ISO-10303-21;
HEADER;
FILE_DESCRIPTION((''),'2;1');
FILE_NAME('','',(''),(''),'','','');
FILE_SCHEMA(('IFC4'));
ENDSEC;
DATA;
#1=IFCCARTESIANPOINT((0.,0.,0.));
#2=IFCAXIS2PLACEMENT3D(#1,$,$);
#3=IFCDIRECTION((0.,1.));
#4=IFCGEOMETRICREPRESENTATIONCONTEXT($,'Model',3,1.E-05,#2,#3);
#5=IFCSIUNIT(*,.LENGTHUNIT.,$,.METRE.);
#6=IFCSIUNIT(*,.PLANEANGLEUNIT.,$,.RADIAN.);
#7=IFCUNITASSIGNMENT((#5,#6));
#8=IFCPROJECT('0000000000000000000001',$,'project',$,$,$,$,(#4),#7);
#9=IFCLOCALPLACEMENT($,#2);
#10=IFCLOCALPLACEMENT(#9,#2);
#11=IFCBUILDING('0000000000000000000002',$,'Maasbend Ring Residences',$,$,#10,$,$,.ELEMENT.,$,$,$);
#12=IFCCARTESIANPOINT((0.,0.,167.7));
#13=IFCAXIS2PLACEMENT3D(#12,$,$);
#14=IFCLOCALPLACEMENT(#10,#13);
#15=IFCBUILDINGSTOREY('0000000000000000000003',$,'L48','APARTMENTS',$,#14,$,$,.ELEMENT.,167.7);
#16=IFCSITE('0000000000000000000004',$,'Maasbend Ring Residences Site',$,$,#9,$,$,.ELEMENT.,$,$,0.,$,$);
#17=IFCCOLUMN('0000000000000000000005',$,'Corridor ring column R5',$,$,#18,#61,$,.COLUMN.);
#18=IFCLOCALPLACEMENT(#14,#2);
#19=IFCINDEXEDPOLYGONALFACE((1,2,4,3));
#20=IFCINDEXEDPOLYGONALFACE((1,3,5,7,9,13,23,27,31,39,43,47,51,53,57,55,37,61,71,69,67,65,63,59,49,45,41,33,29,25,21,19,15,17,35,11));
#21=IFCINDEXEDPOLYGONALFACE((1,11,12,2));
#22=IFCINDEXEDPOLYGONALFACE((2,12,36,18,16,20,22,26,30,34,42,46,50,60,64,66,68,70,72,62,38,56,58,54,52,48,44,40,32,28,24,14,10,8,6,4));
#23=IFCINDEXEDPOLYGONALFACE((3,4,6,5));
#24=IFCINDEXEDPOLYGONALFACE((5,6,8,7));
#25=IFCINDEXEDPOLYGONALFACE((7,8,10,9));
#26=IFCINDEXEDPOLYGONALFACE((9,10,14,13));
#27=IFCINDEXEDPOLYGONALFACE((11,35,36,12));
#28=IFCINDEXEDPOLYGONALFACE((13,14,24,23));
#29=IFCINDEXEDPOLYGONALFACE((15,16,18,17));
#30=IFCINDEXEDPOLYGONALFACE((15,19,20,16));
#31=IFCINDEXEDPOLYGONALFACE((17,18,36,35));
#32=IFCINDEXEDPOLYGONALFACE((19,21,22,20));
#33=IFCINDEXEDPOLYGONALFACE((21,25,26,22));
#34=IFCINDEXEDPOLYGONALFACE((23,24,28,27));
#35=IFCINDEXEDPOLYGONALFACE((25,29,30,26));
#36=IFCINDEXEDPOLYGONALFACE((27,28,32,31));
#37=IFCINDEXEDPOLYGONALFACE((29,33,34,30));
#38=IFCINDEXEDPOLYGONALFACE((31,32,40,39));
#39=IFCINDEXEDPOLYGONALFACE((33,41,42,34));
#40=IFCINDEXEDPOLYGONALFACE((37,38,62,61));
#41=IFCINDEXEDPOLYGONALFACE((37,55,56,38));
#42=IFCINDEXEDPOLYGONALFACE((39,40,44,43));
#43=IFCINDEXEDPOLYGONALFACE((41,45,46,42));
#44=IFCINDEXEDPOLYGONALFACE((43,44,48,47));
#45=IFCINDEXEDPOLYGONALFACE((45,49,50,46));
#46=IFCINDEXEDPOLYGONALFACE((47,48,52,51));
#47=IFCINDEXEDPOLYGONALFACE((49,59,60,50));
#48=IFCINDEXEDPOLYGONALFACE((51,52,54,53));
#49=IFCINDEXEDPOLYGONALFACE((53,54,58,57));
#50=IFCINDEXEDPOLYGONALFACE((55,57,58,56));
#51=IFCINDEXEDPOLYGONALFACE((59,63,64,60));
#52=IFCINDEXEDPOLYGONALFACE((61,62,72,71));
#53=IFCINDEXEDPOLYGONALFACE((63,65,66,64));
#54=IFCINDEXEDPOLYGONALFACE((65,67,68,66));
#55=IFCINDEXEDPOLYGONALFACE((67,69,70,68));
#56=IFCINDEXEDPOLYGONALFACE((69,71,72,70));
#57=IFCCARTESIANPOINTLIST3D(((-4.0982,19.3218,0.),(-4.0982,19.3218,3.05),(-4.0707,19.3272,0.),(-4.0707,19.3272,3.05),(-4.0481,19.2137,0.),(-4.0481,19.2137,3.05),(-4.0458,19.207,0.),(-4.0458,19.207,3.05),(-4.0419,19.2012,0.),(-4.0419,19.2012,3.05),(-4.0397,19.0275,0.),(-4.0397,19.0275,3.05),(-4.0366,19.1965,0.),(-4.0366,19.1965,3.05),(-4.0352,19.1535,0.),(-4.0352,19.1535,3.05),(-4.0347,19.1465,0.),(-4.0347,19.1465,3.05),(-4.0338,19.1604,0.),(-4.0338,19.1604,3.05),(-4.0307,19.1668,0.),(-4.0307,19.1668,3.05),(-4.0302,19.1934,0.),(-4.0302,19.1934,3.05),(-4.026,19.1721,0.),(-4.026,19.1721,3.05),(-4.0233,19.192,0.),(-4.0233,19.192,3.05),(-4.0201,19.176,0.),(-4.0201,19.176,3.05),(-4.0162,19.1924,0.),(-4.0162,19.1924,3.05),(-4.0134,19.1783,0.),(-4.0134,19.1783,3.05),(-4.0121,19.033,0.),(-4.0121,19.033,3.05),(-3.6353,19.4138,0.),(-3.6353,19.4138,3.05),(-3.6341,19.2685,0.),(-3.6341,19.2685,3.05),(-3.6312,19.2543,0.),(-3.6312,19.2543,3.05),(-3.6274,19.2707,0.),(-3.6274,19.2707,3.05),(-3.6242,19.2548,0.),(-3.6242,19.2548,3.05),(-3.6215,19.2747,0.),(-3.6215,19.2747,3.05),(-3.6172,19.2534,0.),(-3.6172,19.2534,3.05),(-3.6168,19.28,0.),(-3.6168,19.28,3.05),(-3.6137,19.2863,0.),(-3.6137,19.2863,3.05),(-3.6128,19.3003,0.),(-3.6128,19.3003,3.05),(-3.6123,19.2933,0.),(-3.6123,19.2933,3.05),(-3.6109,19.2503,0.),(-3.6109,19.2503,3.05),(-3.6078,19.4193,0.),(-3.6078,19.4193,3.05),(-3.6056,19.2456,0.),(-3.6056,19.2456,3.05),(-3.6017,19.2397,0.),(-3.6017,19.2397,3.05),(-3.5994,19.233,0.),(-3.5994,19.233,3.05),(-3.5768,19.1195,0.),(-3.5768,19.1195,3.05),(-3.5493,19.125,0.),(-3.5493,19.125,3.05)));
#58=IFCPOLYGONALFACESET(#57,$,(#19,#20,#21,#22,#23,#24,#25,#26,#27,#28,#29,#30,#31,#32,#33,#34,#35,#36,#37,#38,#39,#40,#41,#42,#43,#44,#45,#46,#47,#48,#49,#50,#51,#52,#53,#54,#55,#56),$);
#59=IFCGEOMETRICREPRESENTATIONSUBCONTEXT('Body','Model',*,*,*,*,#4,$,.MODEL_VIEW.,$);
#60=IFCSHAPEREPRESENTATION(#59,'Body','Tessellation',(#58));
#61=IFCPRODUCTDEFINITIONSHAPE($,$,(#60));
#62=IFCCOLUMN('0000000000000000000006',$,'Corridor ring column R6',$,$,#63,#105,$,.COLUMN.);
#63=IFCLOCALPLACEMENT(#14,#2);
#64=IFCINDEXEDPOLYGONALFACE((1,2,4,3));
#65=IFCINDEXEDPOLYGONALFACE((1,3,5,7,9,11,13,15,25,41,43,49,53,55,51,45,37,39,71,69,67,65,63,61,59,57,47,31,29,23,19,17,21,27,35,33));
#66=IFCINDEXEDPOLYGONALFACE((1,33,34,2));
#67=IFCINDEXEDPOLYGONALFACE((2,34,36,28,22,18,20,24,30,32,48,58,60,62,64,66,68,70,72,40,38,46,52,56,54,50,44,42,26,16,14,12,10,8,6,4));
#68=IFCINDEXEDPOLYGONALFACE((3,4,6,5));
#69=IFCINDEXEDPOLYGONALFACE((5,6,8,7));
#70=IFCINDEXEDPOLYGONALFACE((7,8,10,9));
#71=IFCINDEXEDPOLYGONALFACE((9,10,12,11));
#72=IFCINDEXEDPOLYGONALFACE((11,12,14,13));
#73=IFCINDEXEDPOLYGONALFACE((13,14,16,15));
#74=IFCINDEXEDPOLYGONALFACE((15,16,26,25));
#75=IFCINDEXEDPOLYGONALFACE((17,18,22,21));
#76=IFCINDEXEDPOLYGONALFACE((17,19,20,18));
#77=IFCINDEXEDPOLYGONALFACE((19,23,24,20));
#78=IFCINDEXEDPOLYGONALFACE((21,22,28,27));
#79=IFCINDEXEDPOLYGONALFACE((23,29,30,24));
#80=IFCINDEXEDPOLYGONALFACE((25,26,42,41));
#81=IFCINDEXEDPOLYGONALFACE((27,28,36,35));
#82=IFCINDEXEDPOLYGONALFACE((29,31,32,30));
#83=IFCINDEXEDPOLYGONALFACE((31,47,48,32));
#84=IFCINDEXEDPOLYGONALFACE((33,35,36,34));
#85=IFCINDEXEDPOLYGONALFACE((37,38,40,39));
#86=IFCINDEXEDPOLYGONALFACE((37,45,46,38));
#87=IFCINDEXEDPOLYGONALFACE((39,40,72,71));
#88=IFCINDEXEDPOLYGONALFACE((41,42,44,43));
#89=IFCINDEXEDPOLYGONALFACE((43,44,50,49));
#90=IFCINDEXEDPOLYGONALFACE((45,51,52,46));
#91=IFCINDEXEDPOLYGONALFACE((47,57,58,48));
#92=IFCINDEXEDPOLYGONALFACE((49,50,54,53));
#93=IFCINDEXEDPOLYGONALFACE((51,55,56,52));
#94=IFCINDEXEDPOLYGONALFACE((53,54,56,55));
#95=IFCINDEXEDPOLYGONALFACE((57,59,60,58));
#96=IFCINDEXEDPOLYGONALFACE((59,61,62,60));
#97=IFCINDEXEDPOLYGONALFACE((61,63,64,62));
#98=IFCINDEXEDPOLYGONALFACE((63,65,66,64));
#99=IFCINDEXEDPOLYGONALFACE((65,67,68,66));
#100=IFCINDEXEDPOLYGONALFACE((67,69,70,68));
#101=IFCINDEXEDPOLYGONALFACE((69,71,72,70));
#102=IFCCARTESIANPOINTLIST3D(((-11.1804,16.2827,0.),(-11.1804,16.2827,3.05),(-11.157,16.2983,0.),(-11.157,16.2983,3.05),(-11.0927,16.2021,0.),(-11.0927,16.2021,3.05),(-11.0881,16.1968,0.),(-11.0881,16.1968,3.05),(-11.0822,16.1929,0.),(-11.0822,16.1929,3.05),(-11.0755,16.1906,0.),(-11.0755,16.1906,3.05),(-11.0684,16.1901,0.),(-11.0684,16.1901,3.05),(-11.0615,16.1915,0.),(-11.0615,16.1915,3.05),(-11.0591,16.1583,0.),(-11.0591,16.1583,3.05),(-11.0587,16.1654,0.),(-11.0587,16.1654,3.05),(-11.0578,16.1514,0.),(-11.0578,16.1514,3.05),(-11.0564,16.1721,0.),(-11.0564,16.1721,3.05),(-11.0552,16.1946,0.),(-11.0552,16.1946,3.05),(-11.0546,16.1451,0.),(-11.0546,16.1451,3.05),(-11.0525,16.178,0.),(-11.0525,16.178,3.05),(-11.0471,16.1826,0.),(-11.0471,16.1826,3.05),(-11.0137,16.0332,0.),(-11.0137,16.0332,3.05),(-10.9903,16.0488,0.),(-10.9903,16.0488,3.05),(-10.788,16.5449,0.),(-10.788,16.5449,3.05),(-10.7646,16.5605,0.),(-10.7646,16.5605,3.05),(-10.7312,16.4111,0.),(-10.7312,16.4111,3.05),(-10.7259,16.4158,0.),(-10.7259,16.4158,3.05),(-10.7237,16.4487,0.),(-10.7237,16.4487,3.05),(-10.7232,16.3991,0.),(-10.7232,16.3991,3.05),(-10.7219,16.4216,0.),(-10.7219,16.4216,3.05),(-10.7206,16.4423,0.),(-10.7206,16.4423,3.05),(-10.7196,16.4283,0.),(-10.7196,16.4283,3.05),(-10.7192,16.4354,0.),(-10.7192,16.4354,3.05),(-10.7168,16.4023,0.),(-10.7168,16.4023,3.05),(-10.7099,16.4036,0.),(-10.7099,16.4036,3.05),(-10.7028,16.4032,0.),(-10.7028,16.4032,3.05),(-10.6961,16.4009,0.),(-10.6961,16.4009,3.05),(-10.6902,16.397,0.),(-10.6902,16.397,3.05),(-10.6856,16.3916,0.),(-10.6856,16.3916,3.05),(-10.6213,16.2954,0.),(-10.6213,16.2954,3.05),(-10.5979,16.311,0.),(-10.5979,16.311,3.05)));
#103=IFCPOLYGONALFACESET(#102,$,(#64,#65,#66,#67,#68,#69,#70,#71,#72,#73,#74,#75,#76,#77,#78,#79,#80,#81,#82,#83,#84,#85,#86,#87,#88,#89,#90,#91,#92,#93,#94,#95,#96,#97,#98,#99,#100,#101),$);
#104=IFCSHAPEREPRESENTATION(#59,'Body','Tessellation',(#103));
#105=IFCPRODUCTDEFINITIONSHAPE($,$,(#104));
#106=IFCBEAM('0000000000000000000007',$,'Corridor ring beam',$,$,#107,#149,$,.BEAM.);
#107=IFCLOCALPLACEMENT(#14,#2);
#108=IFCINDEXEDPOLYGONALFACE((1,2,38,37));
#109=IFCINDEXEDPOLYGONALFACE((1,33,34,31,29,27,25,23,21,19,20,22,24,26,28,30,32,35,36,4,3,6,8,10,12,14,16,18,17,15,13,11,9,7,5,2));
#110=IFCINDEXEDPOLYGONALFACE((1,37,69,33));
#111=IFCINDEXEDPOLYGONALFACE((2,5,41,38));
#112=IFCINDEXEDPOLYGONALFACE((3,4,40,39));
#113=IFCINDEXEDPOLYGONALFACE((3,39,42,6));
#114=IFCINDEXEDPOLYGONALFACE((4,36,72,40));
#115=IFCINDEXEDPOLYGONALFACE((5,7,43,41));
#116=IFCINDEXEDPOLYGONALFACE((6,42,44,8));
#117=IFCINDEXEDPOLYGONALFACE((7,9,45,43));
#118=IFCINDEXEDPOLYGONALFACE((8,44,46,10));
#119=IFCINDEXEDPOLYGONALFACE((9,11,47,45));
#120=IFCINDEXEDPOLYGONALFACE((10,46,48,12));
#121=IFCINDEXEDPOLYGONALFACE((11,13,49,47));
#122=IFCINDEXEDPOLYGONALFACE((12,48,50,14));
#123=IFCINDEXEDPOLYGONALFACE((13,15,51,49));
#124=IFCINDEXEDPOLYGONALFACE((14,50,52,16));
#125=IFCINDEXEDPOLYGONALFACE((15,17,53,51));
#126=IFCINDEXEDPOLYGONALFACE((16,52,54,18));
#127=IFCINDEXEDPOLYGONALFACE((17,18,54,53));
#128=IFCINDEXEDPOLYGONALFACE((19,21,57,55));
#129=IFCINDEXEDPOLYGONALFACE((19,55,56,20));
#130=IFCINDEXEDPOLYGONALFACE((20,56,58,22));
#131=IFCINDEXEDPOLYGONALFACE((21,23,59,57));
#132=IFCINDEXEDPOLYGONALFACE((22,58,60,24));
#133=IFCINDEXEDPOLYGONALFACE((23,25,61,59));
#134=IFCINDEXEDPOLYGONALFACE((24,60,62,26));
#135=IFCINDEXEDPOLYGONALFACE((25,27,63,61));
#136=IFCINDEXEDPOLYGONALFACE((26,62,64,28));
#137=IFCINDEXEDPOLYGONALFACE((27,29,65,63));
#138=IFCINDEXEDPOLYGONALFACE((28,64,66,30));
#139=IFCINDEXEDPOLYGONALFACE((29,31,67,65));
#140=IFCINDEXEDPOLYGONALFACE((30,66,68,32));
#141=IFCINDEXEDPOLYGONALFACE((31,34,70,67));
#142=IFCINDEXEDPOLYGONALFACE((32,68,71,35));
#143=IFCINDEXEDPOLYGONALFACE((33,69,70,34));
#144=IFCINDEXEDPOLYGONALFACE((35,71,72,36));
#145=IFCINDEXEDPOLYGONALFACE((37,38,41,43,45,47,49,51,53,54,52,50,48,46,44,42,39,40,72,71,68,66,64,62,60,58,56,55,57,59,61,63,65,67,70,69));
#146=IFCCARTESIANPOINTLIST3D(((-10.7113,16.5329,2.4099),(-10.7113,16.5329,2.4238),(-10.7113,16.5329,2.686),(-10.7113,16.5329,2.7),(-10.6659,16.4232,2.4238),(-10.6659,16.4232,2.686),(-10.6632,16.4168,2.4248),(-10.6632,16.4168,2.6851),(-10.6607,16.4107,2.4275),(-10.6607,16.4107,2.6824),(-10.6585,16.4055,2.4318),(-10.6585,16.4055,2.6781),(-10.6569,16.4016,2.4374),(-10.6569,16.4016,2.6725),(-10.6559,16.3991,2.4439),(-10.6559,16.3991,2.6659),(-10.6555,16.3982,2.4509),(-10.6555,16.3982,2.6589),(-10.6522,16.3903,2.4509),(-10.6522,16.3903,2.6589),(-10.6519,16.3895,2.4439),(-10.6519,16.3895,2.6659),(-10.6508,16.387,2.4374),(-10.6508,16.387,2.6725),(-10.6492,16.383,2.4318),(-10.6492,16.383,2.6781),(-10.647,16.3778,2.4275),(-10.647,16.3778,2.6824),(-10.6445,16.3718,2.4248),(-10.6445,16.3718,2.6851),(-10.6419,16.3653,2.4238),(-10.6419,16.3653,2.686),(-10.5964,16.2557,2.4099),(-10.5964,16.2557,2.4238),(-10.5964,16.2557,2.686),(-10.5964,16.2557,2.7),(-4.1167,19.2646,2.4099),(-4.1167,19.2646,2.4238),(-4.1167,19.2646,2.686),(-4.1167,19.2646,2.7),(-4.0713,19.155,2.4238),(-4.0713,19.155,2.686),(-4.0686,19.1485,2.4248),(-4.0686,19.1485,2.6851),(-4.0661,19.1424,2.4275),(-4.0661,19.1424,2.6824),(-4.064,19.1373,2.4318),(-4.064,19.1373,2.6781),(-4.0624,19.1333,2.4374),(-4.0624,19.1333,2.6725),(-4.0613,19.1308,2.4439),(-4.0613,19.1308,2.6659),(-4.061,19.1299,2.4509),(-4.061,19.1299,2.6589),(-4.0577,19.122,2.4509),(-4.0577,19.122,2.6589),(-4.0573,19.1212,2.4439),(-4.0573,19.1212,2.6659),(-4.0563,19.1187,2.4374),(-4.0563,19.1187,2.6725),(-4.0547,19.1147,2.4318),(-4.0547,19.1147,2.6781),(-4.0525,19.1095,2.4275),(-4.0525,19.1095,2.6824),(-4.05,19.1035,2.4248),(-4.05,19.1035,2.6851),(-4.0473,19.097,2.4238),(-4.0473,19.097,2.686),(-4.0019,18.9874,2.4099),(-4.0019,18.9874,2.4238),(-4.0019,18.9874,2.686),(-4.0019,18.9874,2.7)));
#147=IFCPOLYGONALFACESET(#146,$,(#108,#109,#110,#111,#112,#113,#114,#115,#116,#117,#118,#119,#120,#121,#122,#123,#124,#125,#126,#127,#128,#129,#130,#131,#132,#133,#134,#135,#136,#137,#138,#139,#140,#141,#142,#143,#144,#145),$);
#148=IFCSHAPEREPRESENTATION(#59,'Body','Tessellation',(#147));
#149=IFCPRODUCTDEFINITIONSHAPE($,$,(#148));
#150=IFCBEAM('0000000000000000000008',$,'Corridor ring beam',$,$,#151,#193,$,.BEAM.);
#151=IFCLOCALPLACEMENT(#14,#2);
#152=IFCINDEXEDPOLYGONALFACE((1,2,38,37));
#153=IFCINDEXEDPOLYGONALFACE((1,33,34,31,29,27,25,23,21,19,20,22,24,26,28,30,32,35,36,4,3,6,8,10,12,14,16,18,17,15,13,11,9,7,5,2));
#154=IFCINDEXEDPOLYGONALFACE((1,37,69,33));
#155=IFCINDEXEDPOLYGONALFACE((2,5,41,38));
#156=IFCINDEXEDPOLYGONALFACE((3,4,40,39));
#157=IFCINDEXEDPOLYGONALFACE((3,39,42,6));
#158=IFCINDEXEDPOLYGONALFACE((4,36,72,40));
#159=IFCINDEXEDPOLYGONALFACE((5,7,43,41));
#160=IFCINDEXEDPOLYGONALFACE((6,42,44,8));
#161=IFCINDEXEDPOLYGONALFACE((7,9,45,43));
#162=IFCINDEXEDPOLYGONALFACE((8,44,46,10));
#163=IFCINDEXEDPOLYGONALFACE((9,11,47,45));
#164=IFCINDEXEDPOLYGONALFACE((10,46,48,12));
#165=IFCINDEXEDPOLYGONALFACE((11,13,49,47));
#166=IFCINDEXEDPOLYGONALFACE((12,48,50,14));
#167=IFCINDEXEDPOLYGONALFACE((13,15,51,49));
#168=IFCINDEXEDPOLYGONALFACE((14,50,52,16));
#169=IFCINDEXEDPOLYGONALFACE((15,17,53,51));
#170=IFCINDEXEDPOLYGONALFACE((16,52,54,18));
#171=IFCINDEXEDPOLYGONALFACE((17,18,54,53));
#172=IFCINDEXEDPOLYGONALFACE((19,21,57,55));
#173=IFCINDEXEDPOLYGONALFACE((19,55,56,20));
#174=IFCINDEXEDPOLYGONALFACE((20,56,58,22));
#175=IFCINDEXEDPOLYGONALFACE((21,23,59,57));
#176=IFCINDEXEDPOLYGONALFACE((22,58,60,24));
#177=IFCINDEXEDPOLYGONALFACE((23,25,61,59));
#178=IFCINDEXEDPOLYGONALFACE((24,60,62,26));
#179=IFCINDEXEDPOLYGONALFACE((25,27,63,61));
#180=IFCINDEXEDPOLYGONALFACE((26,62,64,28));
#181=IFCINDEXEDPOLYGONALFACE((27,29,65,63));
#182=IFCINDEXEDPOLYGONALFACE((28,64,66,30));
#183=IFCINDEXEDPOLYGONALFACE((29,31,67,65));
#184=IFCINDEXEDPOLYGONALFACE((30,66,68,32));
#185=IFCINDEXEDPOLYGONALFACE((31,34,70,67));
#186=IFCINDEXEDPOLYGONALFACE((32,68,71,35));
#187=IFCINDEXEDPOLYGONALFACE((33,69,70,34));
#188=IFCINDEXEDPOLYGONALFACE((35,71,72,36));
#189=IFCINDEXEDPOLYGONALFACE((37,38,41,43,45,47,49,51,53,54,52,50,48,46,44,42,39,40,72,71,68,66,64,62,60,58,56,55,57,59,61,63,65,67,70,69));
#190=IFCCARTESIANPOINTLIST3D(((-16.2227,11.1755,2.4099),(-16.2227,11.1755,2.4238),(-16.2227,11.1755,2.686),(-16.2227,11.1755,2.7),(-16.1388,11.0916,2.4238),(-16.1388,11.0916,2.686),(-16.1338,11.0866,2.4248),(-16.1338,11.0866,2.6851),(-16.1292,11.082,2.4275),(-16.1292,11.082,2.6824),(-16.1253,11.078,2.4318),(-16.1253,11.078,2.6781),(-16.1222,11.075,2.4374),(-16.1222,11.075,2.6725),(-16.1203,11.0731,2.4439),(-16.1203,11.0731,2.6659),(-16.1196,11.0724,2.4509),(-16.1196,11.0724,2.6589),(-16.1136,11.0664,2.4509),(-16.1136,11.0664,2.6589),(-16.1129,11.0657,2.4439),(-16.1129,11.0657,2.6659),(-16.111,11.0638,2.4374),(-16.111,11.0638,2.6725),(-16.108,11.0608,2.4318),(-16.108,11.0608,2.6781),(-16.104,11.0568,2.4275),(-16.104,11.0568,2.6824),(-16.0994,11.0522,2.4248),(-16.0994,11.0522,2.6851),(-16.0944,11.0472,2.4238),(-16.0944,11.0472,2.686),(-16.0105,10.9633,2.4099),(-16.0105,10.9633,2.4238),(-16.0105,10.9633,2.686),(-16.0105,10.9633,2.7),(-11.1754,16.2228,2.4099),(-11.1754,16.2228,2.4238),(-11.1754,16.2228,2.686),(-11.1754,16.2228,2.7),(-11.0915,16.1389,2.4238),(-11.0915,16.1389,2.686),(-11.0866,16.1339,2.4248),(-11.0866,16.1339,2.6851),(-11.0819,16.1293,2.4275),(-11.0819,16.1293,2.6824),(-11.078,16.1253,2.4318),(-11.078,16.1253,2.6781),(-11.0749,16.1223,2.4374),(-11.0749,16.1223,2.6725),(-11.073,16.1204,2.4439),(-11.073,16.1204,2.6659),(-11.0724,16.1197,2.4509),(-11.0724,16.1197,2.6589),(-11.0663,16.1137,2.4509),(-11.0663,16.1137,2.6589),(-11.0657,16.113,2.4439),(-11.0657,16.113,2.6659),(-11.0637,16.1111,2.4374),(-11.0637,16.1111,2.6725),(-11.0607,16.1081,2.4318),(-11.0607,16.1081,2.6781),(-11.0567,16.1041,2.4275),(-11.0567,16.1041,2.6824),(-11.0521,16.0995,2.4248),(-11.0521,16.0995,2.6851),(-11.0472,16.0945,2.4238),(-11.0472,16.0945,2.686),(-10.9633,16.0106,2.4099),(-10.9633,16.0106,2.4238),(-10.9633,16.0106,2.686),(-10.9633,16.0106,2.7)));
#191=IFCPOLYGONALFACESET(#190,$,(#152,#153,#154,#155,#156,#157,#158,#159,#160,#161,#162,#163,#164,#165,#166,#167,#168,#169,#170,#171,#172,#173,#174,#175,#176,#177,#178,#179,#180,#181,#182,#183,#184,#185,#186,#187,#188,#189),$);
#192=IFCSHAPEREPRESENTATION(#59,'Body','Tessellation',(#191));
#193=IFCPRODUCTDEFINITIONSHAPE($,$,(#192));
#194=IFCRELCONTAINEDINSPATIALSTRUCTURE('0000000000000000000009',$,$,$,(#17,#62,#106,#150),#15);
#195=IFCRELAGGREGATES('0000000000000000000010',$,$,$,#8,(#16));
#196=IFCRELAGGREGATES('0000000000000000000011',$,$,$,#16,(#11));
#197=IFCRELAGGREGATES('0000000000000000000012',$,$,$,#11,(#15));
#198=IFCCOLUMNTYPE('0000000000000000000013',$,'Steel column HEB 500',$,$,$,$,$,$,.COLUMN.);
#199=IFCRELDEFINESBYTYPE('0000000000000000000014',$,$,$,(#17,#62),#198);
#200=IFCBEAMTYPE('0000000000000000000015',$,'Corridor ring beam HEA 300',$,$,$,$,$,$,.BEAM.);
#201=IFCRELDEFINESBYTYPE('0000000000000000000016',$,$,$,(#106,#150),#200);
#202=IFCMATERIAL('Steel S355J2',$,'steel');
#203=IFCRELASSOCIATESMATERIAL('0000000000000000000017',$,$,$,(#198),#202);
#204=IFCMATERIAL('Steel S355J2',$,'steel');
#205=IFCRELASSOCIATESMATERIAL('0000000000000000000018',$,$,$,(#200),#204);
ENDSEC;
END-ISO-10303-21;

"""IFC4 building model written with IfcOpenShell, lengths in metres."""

from ifc_helpers import new_model, si_unit, direction, frame, origin, origin_2d, place, context, subcontext, project, spatial, i_section, extrude, material, material_profile, profile_set, type_object, element, save


model = new_model("IFC4")

# Units and contexts
model_context = context("Model", 3, precision=1e-05, world=origin(), true_north=direction((0.0, 1.0)))
body_context = subcontext(model_context, "Body", "Model", "MODEL_VIEW")
ifc_project = project(units=[si_unit("LENGTHUNIT", "METRE"), si_unit("PLANEANGLEUNIT", "RADIAN")], contexts=[model_context])

# Site, building, storey
site_placement = place(None, origin())
site = spatial("IfcSite", under=ifc_project, at=site_placement, Name="Maasbend Ring Residences Site", CompositionType="ELEMENT", RefElevation=0.0)
building_placement = place(site_placement, origin())
building = spatial("IfcBuilding", under=site, at=building_placement, Name="Maasbend Ring Residences", CompositionType="ELEMENT")
storey_placement = place(building_placement, frame((0.0, 0.0, 167.7)))
storey = spatial("IfcBuildingStorey", under=building, at=storey_placement, Name="L48", Description="APARTMENTS", CompositionType="ELEMENT", Elevation=167.7)

# Columns
ifc_material_1 = material(Name="Steel S355J2", Category="steel")
ifc_material_profile_1 = material_profile(ifc_material_1, i_section(OverallWidth=0.3, OverallDepth=0.5, WebThickness=0.0144, FlangeThickness=0.0281, FilletRadius=0.0271, at=origin_2d()), Name="HEB 500")
ifc_profile_set_1 = profile_set([ifc_material_profile_1], Name="Steel S355J2")
column_type = type_object("IfcColumnType", Name="Steel column HEB 500", PredefinedType="COLUMN", material=ifc_profile_set_1)
for number, where, z_axis, x_axis, name in (
    (1, (-3.8237, 19.2234, 0.0), (0.0, 0.0, 1.0), (-0.19509, 0.980785, 0.0), "Corridor ring column R5"),
    (2, (-10.8892, 16.2969, 0.0), (0.0, 0.0, 1.0), (-0.55557, 0.83147, 0.0), "Corridor ring column R6"),
):
    element("IfcColumn", number, at=place(storey_placement, frame(where, z_axis=z_axis, x_axis=x_axis)), inside=storey, type_object=column_type, Name=name, PredefinedType="COLUMN", context=body_context, shape_type="SweptSolid", body=[
        extrude(i_section(OverallWidth=0.3, OverallDepth=0.5, WebThickness=0.0144, FlangeThickness=0.0281, FilletRadius=0.0271, at=origin_2d()), origin(), (0.0, 0.0, 1.0), 3.05),
    ])

# Beams
ifc_material_2 = material(Name="Steel S355J2", Category="steel")
ifc_material_profile_2 = material_profile(ifc_material_2, i_section(OverallWidth=0.3, OverallDepth=0.29, WebThickness=0.0085, FlangeThickness=0.0139, FilletRadius=0.0271, at=origin_2d()), Name="HEA 300")
ifc_profile_set_2 = profile_set([ifc_material_profile_2], Name="Steel S355J2")
beam_type = type_object("IfcBeamType", Name="Corridor ring beam HEA 300", PredefinedType="BEAM", material=ifc_profile_set_2)
for number, where, z_axis, x_axis, name in (
    (3, (-4.0593, 19.126, 2.5549), (-0.923871, -0.382703, 0.0), (0.382703, -0.923871, 0.0), "Corridor ring beam"),
    (4, (-11.0693, 16.1167, 2.5549), (-0.707107, -0.707107, 0.0), (0.707107, -0.707107, 0.0), "Corridor ring beam"),
):
    element("IfcBeam", number, at=place(storey_placement, frame(where, z_axis=z_axis, x_axis=x_axis)), inside=storey, type_object=beam_type, Name=name, PredefinedType="BEAM", context=body_context, shape_type="SweptSolid", body=[
        extrude(i_section(OverallWidth=0.3, OverallDepth=0.29, WebThickness=0.0085, FlangeThickness=0.0139, FilletRadius=0.0271, at=origin_2d()), origin(), (0.0, 0.0, 1.0), 7.1379),
    ])

save(model, "model.ifc")
